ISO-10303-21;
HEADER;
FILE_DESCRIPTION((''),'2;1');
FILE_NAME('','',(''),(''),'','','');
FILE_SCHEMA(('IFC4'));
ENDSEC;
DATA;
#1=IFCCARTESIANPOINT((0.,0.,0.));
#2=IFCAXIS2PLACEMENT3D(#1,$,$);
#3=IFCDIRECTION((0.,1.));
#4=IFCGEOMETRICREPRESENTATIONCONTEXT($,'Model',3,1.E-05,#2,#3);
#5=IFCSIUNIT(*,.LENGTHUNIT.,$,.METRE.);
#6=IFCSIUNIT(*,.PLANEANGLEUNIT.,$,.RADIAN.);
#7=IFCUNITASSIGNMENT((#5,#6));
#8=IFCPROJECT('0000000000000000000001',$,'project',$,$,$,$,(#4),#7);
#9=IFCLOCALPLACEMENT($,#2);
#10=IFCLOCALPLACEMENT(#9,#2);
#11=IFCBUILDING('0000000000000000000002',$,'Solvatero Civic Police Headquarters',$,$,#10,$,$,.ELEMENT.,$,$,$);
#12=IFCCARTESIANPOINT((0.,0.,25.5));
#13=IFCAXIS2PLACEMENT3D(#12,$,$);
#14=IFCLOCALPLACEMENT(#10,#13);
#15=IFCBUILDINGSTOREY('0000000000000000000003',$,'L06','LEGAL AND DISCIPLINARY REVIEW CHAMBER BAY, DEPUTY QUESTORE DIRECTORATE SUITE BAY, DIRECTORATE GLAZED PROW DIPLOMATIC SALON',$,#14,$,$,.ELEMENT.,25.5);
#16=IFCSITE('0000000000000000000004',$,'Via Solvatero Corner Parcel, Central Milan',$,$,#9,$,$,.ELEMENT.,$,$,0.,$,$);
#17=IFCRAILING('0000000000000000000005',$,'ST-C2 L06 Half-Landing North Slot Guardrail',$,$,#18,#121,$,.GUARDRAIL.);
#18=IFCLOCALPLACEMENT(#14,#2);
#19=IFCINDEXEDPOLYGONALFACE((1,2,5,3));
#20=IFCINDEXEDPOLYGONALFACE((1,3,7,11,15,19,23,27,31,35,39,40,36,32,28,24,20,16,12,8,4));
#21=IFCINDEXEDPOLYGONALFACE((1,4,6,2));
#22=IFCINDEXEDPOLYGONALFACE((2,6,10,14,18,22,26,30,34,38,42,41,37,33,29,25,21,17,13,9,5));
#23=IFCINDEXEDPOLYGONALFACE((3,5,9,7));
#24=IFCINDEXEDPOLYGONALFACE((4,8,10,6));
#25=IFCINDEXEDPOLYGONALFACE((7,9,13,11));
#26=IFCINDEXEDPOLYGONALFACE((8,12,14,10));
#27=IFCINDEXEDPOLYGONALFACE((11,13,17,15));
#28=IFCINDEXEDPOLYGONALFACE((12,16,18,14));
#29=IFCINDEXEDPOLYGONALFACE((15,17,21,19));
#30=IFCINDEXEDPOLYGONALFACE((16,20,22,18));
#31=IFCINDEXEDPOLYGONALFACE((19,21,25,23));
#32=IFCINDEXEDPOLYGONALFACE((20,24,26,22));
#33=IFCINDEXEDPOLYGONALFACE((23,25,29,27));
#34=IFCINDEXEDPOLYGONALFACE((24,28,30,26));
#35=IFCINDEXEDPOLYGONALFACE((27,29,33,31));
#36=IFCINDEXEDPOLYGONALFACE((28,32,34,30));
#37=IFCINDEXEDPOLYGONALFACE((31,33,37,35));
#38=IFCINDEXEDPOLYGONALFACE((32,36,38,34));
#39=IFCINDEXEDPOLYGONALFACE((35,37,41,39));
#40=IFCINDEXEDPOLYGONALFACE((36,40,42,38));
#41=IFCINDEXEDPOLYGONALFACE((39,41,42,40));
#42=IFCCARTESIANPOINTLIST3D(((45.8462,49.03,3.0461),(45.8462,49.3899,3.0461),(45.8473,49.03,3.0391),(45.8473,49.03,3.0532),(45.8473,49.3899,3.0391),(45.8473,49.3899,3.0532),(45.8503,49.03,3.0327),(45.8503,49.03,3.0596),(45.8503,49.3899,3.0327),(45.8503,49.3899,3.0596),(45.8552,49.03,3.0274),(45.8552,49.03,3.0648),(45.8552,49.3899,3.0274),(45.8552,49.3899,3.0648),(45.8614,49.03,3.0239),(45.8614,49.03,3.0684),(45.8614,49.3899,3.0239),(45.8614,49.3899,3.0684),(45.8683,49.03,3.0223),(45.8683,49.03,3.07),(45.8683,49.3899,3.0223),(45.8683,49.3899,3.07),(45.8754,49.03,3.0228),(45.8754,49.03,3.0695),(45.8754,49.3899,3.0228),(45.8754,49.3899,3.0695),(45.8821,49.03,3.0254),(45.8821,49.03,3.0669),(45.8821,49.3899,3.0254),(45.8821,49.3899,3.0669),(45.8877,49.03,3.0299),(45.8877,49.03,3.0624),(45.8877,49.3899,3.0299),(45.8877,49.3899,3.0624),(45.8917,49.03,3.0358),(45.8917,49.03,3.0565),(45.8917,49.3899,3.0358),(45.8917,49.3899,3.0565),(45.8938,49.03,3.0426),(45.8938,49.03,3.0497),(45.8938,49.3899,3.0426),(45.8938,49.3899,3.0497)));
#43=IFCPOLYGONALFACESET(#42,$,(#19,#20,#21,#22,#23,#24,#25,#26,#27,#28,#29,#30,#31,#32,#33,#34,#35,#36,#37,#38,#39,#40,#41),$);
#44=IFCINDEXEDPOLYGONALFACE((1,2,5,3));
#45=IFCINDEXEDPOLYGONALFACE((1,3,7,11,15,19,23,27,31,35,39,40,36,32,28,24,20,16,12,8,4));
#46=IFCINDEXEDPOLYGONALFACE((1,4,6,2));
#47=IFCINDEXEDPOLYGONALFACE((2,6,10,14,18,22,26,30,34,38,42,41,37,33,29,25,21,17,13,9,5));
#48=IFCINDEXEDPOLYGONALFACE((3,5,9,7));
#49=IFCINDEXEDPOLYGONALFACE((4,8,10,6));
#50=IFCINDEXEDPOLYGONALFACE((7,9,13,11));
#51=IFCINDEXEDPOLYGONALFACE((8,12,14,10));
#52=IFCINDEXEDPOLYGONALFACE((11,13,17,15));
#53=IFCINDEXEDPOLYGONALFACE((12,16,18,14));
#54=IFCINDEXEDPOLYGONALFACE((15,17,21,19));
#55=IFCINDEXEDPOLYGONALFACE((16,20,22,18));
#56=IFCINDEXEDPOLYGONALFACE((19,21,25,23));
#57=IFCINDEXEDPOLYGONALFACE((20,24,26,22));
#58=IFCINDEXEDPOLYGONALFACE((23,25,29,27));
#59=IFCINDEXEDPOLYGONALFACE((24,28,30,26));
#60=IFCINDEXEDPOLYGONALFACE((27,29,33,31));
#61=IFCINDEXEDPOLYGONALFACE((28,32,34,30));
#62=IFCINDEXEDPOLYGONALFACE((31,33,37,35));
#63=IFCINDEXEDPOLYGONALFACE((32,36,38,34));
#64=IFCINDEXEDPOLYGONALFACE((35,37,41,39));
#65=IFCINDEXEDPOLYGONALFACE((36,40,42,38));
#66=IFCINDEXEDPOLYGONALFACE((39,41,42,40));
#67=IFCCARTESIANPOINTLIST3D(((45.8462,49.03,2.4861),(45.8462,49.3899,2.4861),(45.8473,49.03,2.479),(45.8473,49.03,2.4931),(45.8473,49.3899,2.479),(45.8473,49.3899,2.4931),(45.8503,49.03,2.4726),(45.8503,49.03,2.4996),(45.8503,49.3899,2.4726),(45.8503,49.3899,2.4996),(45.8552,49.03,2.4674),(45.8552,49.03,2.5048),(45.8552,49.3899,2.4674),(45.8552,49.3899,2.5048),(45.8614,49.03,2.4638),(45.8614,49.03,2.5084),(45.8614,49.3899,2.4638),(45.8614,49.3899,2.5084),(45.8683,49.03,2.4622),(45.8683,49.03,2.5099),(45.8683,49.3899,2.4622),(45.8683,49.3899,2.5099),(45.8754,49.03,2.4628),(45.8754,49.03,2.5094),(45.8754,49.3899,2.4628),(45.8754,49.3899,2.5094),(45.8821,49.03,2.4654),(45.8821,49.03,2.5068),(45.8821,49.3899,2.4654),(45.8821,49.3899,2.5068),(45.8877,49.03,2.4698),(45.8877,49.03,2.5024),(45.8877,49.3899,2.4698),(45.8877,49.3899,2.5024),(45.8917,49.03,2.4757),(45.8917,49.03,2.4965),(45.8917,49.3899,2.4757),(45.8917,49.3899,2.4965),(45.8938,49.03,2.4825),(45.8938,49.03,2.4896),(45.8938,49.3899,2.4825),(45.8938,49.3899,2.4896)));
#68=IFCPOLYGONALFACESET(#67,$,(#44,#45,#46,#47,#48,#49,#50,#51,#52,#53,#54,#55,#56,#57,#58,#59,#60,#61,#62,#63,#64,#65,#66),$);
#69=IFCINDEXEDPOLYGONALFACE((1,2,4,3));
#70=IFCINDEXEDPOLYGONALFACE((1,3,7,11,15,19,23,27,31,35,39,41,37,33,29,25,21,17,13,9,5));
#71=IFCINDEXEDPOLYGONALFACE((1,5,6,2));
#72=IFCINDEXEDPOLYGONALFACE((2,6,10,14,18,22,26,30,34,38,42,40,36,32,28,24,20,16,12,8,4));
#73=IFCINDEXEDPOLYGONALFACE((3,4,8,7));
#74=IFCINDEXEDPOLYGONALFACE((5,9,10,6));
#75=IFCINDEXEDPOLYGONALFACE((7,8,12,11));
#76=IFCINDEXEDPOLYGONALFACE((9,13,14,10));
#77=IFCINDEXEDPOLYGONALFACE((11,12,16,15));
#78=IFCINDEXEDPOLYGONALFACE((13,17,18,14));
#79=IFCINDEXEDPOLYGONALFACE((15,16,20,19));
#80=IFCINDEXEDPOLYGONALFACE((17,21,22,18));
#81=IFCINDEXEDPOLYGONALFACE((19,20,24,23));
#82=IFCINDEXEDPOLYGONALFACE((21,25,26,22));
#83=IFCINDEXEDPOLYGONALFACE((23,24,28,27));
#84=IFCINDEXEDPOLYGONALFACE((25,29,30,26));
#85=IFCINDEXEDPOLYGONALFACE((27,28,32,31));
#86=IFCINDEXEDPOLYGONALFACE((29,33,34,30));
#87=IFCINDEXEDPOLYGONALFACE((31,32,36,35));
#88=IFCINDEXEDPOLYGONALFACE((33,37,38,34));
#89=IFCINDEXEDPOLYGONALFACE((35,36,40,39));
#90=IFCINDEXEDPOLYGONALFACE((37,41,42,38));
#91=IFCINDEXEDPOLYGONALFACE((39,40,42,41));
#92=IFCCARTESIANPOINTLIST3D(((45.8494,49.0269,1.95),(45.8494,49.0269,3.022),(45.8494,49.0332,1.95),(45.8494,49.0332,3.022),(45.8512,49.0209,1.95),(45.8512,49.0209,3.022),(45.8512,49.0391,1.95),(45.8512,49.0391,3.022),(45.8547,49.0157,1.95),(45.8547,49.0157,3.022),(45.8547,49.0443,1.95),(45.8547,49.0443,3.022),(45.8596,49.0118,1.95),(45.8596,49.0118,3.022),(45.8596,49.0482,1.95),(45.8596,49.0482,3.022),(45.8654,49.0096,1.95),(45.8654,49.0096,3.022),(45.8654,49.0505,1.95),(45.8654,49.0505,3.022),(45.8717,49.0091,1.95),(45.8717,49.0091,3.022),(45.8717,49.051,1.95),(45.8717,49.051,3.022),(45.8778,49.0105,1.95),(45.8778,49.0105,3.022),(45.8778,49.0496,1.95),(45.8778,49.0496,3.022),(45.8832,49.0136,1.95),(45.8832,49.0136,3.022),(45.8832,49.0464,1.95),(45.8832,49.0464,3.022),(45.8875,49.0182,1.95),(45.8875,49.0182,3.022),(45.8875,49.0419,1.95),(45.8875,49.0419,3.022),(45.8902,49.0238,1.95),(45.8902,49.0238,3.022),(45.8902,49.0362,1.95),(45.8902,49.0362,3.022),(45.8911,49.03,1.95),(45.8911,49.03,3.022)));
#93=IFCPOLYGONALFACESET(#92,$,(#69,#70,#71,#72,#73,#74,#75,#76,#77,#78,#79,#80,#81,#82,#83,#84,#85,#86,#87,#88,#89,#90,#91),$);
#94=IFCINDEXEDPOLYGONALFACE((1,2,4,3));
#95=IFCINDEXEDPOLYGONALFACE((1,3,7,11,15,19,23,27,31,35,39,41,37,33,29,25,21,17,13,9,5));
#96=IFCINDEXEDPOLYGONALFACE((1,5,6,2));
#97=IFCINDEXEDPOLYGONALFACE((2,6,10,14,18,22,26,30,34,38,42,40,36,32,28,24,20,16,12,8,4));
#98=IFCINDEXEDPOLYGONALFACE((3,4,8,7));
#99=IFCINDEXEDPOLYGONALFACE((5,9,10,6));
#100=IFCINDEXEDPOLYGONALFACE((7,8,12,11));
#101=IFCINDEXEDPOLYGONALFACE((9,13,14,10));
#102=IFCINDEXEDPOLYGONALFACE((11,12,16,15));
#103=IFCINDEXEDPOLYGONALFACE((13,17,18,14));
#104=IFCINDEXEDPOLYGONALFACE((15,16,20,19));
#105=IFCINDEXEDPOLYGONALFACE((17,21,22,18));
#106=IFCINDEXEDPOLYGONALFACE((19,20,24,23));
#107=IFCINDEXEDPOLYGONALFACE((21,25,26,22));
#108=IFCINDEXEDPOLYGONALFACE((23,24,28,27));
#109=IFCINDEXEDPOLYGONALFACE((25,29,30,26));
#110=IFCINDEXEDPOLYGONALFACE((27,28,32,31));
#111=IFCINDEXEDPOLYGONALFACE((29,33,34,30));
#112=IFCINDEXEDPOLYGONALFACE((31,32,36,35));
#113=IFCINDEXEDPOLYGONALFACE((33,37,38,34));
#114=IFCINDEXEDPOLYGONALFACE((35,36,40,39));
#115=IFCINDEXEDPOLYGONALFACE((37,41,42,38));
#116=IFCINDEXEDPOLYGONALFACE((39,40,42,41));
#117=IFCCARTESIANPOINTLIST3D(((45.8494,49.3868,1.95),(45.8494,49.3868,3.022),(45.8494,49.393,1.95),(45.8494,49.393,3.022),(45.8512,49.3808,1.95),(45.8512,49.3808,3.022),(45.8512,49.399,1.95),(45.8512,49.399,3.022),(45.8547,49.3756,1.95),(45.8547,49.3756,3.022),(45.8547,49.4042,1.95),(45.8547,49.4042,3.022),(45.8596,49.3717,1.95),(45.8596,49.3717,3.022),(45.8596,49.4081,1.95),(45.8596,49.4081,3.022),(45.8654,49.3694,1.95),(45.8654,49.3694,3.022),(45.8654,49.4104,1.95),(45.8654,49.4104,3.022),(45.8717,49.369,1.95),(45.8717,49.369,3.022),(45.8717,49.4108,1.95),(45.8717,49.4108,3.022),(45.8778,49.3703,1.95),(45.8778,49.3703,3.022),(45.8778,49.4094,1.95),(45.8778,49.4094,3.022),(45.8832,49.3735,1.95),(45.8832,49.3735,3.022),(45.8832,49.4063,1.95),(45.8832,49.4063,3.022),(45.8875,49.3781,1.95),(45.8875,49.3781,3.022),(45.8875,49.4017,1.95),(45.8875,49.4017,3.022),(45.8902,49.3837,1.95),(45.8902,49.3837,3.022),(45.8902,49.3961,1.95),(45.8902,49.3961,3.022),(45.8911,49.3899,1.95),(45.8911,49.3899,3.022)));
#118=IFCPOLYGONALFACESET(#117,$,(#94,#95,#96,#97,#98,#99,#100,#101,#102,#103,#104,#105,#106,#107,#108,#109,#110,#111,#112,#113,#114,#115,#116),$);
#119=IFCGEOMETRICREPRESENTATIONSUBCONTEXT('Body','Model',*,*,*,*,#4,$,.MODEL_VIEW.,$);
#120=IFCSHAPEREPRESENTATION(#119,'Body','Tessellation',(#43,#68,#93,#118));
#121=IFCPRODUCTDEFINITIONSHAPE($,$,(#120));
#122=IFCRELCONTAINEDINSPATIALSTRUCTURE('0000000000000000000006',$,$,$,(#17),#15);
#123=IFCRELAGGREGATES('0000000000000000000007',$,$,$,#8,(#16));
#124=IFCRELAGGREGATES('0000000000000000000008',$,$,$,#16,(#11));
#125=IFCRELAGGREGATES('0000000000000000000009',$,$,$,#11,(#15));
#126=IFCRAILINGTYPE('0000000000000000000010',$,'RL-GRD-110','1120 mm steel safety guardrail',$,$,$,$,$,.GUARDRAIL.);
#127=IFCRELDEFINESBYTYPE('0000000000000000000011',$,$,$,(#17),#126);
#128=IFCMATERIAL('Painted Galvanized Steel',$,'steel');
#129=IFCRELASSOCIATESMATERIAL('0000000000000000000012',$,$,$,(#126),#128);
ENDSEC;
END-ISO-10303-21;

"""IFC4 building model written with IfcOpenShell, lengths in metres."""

from ifc_helpers import new_model, si_unit, direction, frame, origin, origin_2d, place, context, subcontext, project, spatial, circle, extrude, material, type_object, element, save


model = new_model("IFC4")

# Units and contexts
model_context = context("Model", 3, precision=1e-05, world=origin(), true_north=direction((0.0, 1.0)))
body_context = subcontext(model_context, "Body", "Model", "MODEL_VIEW")
ifc_project = project(units=[si_unit("LENGTHUNIT", "METRE"), si_unit("PLANEANGLEUNIT", "RADIAN")], contexts=[model_context])

# Site, building, storey
site_placement = place(None, origin())
site = spatial("IfcSite", under=ifc_project, at=site_placement, Name="Via Solvatero Corner Parcel, Central Milan", CompositionType="ELEMENT", RefElevation=0.0)
building_placement = place(site_placement, origin())
building = spatial("IfcBuilding", under=site, at=building_placement, Name="Solvatero Civic Police Headquarters", CompositionType="ELEMENT")
storey_placement = place(building_placement, frame((0.0, 0.0, 25.5)))
storey = spatial("IfcBuildingStorey", under=building, at=storey_placement, Name="L06", Description="LEGAL AND DISCIPLINARY REVIEW CHAMBER BAY, DEPUTY QUESTORE DIRECTORATE SUITE BAY, DIRECTORATE GLAZED PROW DIPLOMATIC SALON", CompositionType="ELEMENT", Elevation=25.5)

# Railing
ifc_material_1 = material(Name="Painted Galvanized Steel", Category="steel")
railing_type_1 = type_object("IfcRailingType", Name="RL-GRD-110", Description="1120 mm steel safety guardrail", PredefinedType="GUARDRAIL", material=ifc_material_1)
railing_1_placement = place(storey_placement, frame((45.8701, 49.03, 1.95)))
element("IfcRailing", 1, at=railing_1_placement, inside=storey, type_object=railing_type_1, Name="ST-C2 L06 Half-Landing North Slot Guardrail", PredefinedType="GUARDRAIL", context=body_context, shape_type="SweptSolid", body=[
    extrude(circle(Radius=0.0239, at=origin_2d()), frame((0.0, 0.0, 1.0962), z_axis=(0.0, 1.0, 0.0), x_axis=(-1.0, 0.0, 0.0)), (0.0, 0.0, 1.0), 0.3599),
    extrude(circle(Radius=0.0239, at=origin_2d()), frame((0.0, 0.0, 0.5361), z_axis=(0.0, 1.0, 0.0), x_axis=(-1.0, 0.0, 0.0)), (0.0, 0.0, 1.0), 0.3599),
    extrude(circle(Radius=0.021, at=origin_2d()), origin(), (0.0, 0.0, 1.0), 1.072),
    extrude(circle(Radius=0.021, at=origin_2d()), frame((0.0, 0.3599, 0.0)), (0.0, 0.0, 1.0), 1.072),
])

save(model, "model.ifc")
